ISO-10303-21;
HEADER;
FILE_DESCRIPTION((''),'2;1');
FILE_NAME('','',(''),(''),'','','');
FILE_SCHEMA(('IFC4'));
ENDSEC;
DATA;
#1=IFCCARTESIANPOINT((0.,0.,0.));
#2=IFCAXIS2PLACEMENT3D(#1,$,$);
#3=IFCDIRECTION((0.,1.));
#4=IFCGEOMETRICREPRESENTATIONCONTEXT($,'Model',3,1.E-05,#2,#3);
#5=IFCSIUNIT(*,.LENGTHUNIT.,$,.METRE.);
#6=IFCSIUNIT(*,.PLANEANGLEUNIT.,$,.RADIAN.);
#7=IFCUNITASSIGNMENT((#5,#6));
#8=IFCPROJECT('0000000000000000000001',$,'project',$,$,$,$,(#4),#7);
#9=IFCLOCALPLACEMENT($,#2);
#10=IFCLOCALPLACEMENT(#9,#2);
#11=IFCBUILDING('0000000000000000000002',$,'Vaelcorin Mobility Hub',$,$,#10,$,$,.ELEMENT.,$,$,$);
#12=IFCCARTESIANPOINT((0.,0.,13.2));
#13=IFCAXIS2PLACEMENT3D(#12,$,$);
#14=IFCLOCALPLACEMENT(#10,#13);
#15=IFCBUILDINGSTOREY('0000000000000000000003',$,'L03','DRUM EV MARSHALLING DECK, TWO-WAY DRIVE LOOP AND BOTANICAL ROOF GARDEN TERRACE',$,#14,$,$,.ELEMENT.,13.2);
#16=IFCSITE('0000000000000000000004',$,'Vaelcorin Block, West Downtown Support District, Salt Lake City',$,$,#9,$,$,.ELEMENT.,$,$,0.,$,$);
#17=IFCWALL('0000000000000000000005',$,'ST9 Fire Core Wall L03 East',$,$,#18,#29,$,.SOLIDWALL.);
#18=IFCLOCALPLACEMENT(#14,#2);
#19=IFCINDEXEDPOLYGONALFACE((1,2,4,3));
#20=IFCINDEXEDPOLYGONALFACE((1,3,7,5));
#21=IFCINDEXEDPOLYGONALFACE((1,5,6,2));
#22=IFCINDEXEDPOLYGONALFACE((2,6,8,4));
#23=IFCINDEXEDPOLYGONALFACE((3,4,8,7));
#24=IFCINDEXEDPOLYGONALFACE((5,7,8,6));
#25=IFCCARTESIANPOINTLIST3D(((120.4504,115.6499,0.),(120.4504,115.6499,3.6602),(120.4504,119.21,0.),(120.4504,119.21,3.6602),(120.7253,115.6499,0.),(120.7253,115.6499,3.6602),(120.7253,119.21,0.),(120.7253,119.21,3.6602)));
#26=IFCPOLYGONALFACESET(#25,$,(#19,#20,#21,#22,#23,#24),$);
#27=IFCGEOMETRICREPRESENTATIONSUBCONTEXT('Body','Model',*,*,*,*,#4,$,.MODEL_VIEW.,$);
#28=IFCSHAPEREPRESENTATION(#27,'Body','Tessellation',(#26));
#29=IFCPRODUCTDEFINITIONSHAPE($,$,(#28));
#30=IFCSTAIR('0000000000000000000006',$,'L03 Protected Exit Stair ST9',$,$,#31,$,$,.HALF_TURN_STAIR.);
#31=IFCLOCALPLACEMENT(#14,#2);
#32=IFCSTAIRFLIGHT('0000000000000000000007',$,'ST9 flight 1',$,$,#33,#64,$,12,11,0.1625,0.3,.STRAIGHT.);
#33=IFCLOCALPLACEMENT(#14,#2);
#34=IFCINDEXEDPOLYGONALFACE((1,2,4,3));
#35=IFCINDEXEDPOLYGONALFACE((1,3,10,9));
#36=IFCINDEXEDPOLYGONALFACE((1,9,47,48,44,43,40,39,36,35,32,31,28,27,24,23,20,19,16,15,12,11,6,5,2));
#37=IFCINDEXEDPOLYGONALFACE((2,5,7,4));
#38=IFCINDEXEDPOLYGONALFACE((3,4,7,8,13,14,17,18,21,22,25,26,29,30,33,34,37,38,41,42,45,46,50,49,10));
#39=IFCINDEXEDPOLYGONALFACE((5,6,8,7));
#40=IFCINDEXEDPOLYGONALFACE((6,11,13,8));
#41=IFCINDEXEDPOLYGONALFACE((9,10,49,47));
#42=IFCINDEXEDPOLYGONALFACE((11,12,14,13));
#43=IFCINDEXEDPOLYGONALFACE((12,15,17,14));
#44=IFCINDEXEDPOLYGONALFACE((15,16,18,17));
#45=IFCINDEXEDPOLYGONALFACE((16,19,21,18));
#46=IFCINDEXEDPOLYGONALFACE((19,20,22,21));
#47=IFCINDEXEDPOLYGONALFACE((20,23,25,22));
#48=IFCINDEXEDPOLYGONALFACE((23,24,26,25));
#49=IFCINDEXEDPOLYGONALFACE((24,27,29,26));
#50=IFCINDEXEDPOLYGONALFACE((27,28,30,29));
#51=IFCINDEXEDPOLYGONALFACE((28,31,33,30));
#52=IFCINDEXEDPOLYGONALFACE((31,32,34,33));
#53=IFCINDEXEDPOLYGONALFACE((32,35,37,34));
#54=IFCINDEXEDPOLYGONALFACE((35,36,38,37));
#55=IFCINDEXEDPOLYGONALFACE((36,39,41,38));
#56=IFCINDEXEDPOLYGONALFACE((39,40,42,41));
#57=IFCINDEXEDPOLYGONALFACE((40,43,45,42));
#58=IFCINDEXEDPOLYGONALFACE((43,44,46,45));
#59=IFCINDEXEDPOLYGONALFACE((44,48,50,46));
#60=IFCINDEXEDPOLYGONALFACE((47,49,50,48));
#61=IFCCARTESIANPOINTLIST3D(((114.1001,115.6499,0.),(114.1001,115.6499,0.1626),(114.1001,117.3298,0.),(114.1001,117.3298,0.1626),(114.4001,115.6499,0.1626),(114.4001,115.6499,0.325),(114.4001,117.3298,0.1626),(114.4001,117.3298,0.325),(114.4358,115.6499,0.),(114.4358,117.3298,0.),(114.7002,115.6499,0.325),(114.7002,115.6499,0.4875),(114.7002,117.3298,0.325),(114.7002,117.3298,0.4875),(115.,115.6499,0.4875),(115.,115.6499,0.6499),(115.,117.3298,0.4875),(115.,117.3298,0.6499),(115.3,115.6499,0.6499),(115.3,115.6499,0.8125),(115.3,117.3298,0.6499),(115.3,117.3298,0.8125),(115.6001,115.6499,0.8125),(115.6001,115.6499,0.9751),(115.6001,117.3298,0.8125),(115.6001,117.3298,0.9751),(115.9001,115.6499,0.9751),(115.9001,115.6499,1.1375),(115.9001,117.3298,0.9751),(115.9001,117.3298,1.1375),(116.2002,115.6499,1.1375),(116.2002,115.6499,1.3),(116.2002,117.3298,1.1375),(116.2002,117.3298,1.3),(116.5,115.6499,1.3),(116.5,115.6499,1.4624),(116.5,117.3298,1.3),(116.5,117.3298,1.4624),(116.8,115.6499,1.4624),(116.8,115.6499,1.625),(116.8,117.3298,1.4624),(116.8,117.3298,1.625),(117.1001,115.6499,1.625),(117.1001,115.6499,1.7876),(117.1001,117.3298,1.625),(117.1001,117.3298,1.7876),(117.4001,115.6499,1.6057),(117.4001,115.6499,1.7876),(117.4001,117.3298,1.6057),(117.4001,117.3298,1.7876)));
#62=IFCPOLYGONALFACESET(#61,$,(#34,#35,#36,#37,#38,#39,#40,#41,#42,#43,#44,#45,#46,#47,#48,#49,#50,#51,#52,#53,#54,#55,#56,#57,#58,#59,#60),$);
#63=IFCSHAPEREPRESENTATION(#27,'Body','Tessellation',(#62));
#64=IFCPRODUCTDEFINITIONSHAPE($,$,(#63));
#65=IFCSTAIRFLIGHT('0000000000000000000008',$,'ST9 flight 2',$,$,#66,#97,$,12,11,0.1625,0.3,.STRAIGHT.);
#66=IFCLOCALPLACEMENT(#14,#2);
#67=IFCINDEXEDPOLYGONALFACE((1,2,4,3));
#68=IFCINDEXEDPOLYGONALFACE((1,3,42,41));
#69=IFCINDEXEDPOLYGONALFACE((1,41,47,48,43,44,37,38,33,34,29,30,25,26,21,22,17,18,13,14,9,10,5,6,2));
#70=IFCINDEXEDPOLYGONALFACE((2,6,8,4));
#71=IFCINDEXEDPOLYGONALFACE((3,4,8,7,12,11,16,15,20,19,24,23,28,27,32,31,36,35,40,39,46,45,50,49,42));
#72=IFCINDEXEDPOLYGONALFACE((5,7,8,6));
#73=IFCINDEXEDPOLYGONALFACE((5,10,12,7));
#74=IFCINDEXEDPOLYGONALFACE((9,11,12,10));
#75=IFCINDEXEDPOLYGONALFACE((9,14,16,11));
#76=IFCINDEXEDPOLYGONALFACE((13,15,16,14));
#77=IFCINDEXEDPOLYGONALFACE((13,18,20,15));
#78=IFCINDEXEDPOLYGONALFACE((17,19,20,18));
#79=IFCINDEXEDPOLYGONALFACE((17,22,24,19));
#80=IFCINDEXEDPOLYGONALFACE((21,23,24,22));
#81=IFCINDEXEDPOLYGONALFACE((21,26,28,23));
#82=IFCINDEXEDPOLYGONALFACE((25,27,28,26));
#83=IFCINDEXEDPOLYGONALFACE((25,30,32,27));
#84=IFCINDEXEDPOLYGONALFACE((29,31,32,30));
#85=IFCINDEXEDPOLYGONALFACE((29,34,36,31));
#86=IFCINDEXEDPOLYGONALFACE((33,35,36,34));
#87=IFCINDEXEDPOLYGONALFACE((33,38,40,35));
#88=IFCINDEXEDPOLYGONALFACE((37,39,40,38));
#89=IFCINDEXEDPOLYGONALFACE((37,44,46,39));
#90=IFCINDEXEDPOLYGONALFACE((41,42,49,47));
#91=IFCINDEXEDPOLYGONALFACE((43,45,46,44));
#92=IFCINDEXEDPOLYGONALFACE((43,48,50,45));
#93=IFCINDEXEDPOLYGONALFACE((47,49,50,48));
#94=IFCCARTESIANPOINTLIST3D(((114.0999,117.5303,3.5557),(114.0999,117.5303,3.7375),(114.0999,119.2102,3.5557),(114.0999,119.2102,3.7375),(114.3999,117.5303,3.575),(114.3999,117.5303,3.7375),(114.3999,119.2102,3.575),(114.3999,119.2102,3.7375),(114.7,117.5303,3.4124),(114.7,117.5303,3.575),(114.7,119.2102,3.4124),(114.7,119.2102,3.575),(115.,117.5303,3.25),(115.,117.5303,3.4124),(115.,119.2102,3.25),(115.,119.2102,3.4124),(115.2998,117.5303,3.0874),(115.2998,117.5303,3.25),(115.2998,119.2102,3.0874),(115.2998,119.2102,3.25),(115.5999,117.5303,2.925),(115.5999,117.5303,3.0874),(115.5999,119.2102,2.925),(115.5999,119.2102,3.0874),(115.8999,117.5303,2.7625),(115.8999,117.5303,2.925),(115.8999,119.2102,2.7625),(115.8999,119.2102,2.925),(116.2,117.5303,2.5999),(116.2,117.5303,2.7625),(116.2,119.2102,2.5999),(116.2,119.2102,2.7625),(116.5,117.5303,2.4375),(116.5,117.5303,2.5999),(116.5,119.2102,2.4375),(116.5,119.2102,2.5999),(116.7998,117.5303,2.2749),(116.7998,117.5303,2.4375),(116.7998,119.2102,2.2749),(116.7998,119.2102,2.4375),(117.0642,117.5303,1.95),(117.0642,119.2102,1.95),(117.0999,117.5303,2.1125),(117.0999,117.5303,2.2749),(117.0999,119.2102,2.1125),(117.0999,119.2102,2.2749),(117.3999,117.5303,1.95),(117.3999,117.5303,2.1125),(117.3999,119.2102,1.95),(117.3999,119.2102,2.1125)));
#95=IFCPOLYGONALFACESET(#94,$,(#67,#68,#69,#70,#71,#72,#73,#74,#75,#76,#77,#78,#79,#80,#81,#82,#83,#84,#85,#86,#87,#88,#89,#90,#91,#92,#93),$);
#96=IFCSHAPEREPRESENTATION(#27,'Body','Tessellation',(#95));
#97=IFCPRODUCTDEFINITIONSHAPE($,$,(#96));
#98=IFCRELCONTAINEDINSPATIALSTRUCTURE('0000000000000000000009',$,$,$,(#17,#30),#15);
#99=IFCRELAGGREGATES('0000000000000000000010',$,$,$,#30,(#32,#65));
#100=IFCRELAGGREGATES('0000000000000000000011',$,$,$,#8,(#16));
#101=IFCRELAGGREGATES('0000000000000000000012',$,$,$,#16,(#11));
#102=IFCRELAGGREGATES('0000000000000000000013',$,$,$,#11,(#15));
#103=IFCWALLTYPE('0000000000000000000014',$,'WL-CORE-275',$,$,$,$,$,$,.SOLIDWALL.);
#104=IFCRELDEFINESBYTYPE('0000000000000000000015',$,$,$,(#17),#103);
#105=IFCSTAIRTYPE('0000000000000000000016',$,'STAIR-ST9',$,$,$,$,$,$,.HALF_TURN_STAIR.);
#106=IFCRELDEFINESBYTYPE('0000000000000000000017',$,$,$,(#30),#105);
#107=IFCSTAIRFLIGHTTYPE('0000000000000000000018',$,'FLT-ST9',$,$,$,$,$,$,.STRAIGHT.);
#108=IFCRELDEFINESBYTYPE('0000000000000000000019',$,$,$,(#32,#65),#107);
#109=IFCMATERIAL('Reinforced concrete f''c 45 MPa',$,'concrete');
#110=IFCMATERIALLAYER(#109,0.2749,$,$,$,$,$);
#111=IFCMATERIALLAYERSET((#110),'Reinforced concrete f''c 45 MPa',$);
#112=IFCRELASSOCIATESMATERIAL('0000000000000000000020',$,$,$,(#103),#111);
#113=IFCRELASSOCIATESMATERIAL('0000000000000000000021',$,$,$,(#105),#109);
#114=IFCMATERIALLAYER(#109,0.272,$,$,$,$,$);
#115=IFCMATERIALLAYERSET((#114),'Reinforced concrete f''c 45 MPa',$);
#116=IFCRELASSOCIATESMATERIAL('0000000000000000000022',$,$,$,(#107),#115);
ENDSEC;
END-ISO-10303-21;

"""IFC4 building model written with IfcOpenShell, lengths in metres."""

from ifc_helpers import new_model, si_unit, direction, frame, frame_2d, origin, place, context, subcontext, project, spatial, polyline, rectangle, outline, extrude, material, layer, layer_set, type_object, element, aggregate, save


model = new_model("IFC4")

# Units and contexts
model_context = context("Model", 3, precision=1e-05, world=origin(), true_north=direction((0.0, 1.0)))
body_context = subcontext(model_context, "Body", "Model", "MODEL_VIEW")
ifc_project = project(units=[si_unit("LENGTHUNIT", "METRE"), si_unit("PLANEANGLEUNIT", "RADIAN")], contexts=[model_context])

# Site, building, storey
site_placement = place(None, origin())
site = spatial("IfcSite", under=ifc_project, at=site_placement, Name="Vaelcorin Block, West Downtown Support District, Salt Lake City", CompositionType="ELEMENT", RefElevation=0.0)
building_placement = place(site_placement, origin())
building = spatial("IfcBuilding", under=site, at=building_placement, Name="Vaelcorin Mobility Hub", CompositionType="ELEMENT")
storey_placement = place(building_placement, frame((0.0, 0.0, 13.2)))
storey = spatial("IfcBuildingStorey", under=building, at=storey_placement, Name="L03", Description="DRUM EV MARSHALLING DECK, TWO-WAY DRIVE LOOP AND BOTANICAL ROOF GARDEN TERRACE", CompositionType="ELEMENT", Elevation=13.2)

# Shared definitions
ifc_material_1 = material(Name="Reinforced concrete f'c 45 MPa", Category="concrete")
ifc_layer_1 = layer(ifc_material_1, 0.2749)
ifc_layer_set_1 = layer_set([ifc_layer_1], Name="Reinforced concrete f'c 45 MPa")
wall_type = type_object("IfcWallType", Name="WL-CORE-275", PredefinedType="SOLIDWALL", material=ifc_layer_set_1)

# Wall
wall_1_placement = place(storey_placement, frame((120.5879, 119.21, 0.0), z_axis=(0.0, 0.0, 1.0), x_axis=(0.0, -1.0, 0.0)))
element("IfcWall", 1, at=wall_1_placement, inside=storey, type_object=wall_type, Name="ST9 Fire Core Wall L03 East", PredefinedType="SOLIDWALL", context=body_context, shape_type="SweptSolid", body=[
    extrude(rectangle(XDim=3.5601, YDim=0.2749, at=frame_2d((1.78, 0.0))), origin(), (0.0, 0.0, 1.0), 3.6602),
])

# Stair, stair flights
stair_type = type_object("IfcStairType", Name="STAIR-ST9", PredefinedType="HALF_TURN_STAIR", material=ifc_material_1)
stair_placement = place(storey_placement, origin())
stair = element("IfcStair", 2, at=stair_placement, inside=storey, type_object=stair_type, Name="L03 Protected Exit Stair ST9", PredefinedType="HALF_TURN_STAIR")
ifc_layer_2 = layer(ifc_material_1, 0.272)
ifc_layer_set_2 = layer_set([ifc_layer_2], Name="Reinforced concrete f'c 45 MPa")
stair_flight_type = type_object("IfcStairFlightType", Name="FLT-ST9", PredefinedType="STRAIGHT", material=ifc_layer_set_2)
stair_flight_1_placement = place(storey_placement, frame((114.1001, 116.49, 0.0), z_axis=(0.0, 0.0, 1.0), x_axis=(1.0, 0.0, 0.0)))
stair_flight_1 = element("IfcStairFlight", 3, at=stair_flight_1_placement, type_object=stair_flight_type, Name="ST9 flight 1", NumberOfRisers=12, NumberOfTreads=11, PredefinedType="STRAIGHT", RiserHeight=0.1625, TreadLength=0.3, context=body_context, shape_type="SweptSolid", body=[
    extrude(outline(polyline([(0.0, 0.0), (0.0, 0.1626), (0.3, 0.1626), (0.3, 0.325), (0.6001, 0.325), (0.6001, 0.4875), (0.8999, 0.4875), (0.8999, 0.6499), (1.2, 0.6499), (1.2, 0.8125), (1.5, 0.8125), (1.5, 0.9751), (1.8, 0.9751), (1.8, 1.1375), (2.1001, 1.1375), (2.1001, 1.3), (2.3999, 1.3), (2.3999, 1.4624), (2.7, 1.4624), (2.7, 1.625), (3.0, 1.625), (3.0, 1.7876), (3.3, 1.7876), (3.3, 1.95), (3.3, 1.6057), (0.3357, 0.0), (0.0, 0.0)])), frame((0.0, 0.8398, 0.0), z_axis=(0.0, -1.0, 0.0), x_axis=(1.0, 0.0, 0.0)), (0.0, 0.0, 1.0), 1.6799),
])
stair_flight_2_placement = place(storey_placement, frame((117.3999, 118.3701, 1.95), z_axis=(0.0, 0.0, 1.0), x_axis=(-1.0, 0.0, 0.0)))
stair_flight_2 = element("IfcStairFlight", 4, at=stair_flight_2_placement, type_object=stair_flight_type, Name="ST9 flight 2", NumberOfRisers=12, NumberOfTreads=11, PredefinedType="STRAIGHT", RiserHeight=0.1625, TreadLength=0.3, context=body_context, shape_type="SweptSolid", body=[
    extrude(outline(polyline([(0.0, 0.0), (0.0, 0.1626), (0.3, 0.1626), (0.3, 0.325), (0.6001, 0.325), (0.6001, 0.4875), (0.8999, 0.4875), (0.8999, 0.6499), (1.2, 0.6499), (1.2, 0.8125), (1.5, 0.8125), (1.5, 0.9751), (1.8, 0.9751), (1.8, 1.1375), (2.1001, 1.1375), (2.1001, 1.3), (2.3999, 1.3), (2.3999, 1.4624), (2.7, 1.4624), (2.7, 1.625), (3.0, 1.625), (3.0, 1.7876), (3.3, 1.7876), (3.3, 1.95), (3.3, 1.6057), (0.3357, 0.0), (0.0, 0.0)])), frame((0.0, 0.8398, 0.0), z_axis=(0.0, -1.0, 0.0), x_axis=(1.0, 0.0, 0.0)), (0.0, 0.0, 1.0), 1.6799),
])
aggregate(stair, [stair_flight_1, stair_flight_2])

save(model, "model.ifc")
